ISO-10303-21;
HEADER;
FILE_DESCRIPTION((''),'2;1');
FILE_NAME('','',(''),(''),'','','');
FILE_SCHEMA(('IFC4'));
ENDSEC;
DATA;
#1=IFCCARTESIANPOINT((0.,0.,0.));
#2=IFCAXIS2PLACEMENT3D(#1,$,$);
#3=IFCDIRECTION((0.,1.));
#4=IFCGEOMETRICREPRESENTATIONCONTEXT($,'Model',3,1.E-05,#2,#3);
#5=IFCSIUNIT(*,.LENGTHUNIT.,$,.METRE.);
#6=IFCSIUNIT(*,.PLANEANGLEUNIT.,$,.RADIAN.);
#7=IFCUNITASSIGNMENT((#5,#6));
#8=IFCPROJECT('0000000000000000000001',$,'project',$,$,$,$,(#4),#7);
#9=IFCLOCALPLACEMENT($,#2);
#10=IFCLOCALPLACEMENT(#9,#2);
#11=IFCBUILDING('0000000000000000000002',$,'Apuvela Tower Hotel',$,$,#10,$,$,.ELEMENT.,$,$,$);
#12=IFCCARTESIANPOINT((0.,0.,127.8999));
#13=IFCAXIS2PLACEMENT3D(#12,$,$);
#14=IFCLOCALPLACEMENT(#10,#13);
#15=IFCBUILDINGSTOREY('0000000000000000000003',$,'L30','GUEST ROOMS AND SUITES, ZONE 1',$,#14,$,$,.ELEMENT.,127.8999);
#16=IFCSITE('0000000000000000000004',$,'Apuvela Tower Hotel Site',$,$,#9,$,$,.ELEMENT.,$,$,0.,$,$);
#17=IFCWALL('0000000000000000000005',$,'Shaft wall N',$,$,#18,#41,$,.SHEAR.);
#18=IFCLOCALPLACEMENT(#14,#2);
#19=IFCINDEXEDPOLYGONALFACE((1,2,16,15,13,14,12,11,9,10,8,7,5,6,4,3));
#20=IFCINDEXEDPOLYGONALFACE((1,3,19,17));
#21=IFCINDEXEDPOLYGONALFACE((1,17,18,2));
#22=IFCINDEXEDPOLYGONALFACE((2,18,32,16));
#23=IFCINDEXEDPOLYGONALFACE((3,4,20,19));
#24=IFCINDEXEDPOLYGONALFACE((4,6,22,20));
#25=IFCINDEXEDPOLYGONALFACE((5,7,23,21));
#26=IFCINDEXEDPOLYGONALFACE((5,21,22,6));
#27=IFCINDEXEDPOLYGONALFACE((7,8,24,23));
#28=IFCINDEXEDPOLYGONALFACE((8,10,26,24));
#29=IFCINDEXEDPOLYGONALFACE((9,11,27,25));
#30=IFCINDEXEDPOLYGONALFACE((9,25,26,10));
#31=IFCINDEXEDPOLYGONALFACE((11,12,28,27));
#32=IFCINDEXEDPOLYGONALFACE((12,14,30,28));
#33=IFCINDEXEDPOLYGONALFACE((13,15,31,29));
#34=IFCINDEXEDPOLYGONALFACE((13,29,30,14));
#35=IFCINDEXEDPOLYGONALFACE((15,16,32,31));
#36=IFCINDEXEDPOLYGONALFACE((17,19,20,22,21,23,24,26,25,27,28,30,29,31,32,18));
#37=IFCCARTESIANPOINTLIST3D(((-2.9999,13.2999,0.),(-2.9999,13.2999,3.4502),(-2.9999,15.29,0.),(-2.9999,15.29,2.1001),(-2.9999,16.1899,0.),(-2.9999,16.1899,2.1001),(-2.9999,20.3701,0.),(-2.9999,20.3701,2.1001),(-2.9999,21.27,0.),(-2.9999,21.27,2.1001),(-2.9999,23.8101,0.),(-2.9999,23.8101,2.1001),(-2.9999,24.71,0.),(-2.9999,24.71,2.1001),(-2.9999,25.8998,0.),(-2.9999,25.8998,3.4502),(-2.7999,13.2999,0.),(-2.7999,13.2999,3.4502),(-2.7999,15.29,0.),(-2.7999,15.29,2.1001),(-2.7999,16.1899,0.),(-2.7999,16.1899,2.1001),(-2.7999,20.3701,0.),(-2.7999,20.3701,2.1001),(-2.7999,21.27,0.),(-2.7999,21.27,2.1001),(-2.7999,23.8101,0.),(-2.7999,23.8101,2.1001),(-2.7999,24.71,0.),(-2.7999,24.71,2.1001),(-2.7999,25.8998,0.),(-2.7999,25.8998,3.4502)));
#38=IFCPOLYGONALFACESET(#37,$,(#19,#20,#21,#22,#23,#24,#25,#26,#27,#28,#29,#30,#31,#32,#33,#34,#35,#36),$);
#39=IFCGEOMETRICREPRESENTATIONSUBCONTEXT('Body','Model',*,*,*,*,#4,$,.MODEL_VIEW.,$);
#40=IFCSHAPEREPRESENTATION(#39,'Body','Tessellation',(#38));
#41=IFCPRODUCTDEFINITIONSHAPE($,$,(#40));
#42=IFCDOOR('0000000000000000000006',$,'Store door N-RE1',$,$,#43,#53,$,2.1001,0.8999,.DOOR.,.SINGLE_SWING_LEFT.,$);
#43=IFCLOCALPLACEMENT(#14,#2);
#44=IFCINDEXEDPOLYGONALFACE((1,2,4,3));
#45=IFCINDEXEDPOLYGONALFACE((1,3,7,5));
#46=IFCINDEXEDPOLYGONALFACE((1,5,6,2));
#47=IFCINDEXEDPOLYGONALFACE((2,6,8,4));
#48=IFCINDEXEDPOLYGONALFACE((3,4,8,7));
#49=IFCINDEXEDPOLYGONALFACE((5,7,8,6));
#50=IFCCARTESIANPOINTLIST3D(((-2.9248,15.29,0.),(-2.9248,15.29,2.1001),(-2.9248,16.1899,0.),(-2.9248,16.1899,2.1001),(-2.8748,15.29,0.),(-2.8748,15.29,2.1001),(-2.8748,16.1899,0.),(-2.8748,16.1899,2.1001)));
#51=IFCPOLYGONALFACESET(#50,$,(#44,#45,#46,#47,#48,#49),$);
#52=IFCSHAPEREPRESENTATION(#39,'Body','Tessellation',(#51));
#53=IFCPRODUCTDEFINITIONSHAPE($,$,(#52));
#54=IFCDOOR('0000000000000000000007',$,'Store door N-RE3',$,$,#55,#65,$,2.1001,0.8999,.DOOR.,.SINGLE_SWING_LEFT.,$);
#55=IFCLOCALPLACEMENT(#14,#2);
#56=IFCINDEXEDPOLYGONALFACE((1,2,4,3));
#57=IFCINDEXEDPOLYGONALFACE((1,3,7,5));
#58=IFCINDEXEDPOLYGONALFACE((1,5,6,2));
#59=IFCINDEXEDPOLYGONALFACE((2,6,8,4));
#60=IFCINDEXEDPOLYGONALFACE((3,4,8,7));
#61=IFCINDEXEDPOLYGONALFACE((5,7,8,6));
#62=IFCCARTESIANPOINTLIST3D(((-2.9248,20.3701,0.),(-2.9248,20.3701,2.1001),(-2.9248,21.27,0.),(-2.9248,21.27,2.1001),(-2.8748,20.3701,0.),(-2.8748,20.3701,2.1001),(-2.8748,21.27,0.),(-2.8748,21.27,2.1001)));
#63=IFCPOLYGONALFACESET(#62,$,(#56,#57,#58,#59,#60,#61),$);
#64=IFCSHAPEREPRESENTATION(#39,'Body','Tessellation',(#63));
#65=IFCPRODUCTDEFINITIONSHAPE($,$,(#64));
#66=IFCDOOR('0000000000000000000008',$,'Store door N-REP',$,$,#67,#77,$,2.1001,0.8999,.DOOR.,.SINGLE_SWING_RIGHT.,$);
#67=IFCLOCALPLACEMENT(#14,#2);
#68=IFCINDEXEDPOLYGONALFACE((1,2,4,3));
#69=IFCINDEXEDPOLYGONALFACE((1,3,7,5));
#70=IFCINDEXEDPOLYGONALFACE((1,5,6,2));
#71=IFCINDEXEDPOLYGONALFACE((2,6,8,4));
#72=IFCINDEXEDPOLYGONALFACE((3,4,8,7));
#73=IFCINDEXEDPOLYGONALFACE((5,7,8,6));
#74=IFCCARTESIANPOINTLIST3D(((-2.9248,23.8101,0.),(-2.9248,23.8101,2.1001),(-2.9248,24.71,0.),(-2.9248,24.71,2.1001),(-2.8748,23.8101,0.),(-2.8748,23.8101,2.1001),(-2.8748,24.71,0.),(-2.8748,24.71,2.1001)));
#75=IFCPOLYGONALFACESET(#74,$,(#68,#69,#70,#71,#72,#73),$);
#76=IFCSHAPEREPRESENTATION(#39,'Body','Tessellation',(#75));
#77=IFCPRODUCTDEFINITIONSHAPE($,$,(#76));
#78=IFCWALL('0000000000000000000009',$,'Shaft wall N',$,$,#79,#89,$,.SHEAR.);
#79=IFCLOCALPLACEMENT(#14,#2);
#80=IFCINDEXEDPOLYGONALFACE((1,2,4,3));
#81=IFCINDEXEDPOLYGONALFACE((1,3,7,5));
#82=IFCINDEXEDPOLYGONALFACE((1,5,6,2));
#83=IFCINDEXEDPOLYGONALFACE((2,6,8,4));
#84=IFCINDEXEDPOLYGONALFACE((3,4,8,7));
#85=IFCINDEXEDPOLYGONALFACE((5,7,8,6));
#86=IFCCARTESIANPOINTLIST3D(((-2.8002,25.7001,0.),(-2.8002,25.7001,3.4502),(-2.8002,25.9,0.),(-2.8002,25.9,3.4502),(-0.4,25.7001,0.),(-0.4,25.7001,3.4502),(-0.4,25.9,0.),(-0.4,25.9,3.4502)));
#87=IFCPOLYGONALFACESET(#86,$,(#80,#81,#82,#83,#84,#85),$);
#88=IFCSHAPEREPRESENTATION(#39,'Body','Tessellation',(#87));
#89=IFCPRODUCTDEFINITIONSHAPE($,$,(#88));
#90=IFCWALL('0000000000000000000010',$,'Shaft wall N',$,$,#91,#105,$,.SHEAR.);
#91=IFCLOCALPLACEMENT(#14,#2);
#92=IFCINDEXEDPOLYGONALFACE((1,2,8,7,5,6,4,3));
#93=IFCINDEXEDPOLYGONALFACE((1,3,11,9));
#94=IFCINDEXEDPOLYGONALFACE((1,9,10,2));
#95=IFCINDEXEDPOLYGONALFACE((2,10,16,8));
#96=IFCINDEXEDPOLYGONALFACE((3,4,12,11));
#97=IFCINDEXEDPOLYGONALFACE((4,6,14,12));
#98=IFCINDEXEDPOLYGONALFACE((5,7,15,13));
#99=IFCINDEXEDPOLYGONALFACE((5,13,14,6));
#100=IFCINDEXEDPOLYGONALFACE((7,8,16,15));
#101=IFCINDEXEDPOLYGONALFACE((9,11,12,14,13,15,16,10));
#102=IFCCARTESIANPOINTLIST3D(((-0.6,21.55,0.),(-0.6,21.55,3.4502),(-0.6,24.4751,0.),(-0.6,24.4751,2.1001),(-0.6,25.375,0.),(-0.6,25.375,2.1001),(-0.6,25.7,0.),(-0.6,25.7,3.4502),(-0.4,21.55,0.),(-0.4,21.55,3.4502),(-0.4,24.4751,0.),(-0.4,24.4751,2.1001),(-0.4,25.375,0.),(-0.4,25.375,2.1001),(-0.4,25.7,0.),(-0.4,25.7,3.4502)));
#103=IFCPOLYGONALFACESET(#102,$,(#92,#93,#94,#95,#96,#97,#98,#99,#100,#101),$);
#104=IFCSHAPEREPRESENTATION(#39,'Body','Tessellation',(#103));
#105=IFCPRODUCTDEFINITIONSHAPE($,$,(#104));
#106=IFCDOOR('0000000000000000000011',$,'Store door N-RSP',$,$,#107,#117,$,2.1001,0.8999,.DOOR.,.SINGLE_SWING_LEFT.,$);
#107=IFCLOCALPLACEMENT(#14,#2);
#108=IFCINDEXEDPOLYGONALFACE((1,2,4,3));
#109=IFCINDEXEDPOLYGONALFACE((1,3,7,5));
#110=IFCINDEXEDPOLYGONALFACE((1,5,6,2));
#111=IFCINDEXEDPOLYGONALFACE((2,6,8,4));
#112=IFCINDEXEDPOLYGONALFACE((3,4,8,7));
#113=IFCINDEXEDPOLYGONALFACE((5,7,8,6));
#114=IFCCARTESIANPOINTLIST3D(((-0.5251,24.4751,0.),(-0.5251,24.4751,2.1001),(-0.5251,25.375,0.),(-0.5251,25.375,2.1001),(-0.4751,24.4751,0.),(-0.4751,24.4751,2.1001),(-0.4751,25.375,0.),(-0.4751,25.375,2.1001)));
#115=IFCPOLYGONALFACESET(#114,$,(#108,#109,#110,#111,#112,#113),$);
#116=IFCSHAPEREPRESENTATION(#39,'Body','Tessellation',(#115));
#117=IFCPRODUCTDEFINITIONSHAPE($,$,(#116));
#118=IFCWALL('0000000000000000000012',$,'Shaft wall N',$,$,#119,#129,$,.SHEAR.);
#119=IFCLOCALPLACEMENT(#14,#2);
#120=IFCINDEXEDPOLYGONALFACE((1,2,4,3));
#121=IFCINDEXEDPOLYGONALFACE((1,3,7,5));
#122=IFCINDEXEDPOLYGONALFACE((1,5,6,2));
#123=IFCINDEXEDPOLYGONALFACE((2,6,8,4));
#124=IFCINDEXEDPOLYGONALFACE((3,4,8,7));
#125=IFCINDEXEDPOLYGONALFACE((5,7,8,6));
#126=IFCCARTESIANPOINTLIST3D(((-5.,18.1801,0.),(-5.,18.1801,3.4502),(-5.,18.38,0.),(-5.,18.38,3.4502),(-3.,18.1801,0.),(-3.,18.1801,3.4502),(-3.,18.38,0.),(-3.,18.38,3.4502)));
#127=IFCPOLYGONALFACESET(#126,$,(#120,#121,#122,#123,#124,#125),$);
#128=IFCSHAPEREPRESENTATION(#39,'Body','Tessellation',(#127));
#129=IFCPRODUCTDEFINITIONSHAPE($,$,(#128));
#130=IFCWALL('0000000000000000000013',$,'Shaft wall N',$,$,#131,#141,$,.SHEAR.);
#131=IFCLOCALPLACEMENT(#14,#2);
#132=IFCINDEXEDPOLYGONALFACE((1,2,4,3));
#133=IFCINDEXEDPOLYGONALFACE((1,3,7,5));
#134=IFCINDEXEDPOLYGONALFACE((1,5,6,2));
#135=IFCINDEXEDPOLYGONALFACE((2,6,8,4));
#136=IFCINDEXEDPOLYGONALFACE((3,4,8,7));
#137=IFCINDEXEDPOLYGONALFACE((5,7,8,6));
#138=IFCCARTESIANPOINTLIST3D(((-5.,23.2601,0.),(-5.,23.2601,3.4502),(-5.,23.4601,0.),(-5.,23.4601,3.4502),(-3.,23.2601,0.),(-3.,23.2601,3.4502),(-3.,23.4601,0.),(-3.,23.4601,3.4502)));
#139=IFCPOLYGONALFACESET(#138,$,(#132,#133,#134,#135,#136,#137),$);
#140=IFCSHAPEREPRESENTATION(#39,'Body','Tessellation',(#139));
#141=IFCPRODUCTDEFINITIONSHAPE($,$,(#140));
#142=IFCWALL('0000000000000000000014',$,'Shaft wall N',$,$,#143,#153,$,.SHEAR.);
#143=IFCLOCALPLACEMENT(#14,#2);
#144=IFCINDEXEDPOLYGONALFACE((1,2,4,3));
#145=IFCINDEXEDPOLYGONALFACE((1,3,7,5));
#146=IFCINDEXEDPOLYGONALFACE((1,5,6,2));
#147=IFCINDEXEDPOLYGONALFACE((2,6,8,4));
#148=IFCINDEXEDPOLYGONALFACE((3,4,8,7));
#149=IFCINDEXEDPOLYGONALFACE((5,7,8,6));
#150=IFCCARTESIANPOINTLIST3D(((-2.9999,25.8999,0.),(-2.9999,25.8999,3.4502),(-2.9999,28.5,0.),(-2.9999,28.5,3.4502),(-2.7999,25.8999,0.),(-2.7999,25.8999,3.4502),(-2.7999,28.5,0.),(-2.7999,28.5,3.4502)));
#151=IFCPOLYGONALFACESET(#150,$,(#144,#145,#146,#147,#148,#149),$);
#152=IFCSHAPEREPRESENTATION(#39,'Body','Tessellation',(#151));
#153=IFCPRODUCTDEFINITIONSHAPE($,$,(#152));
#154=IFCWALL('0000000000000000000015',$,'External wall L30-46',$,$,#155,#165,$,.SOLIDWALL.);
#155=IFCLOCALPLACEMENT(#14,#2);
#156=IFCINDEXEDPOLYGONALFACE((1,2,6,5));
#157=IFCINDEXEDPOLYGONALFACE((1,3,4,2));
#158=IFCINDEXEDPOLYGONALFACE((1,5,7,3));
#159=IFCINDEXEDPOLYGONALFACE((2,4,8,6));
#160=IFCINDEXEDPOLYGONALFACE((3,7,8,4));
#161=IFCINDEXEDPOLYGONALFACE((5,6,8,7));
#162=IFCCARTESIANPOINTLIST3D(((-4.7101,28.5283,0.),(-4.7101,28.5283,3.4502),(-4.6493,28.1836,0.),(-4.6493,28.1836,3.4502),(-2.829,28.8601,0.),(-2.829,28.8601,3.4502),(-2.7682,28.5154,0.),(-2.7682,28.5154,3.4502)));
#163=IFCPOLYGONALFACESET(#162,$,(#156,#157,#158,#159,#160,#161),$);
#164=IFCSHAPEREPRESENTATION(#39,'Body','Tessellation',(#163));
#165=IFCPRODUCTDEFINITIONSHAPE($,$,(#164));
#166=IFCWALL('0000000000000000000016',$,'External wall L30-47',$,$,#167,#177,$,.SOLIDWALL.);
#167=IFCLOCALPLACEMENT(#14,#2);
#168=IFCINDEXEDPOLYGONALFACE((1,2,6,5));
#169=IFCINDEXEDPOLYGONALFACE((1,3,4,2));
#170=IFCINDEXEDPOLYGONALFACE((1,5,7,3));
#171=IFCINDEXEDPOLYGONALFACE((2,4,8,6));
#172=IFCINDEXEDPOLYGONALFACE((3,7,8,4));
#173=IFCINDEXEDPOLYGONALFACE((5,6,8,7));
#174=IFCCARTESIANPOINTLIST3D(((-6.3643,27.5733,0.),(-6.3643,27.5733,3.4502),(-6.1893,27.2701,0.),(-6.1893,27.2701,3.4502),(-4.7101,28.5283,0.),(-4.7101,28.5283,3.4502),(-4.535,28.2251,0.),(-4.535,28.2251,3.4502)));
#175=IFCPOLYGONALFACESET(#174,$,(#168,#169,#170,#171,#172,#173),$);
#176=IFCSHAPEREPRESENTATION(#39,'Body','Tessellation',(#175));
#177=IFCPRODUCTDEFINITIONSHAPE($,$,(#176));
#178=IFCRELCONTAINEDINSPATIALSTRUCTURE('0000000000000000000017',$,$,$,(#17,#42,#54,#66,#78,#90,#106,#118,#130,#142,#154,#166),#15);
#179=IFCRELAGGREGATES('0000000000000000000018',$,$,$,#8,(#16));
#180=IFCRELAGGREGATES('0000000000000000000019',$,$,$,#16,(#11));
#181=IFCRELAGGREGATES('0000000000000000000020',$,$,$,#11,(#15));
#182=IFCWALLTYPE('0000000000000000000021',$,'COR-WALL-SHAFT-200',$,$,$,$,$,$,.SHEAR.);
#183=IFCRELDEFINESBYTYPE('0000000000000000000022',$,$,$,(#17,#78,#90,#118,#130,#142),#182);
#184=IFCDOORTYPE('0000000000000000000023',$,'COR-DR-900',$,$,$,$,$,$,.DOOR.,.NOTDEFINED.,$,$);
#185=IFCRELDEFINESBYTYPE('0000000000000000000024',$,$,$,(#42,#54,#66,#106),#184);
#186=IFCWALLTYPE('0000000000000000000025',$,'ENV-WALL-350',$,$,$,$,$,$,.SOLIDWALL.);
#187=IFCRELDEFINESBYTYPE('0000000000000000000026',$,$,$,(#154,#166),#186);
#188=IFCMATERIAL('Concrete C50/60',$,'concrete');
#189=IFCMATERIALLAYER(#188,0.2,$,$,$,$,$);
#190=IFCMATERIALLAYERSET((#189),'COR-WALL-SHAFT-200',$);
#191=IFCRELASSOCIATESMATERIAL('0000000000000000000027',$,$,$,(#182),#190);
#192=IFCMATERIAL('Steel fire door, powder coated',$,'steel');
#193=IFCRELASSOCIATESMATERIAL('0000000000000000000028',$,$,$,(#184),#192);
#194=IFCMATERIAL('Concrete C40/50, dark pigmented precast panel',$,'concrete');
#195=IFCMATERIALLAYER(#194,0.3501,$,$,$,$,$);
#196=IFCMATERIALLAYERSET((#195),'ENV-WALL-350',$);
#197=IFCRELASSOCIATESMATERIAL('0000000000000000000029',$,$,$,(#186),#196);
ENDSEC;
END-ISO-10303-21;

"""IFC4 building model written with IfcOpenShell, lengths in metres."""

from ifc_helpers import new_model, si_unit, direction, frame, frame_2d, origin, place, context, subcontext, project, spatial, rectangle, extrude, material, layer, layer_set, type_object, element, fill, save


model = new_model("IFC4")

# Units and contexts
model_context = context("Model", 3, precision=1e-05, world=origin(), true_north=direction((0.0, 1.0)))
body_context = subcontext(model_context, "Body", "Model", "MODEL_VIEW")
ifc_project = project(units=[si_unit("LENGTHUNIT", "METRE"), si_unit("PLANEANGLEUNIT", "RADIAN")], contexts=[model_context])

# Site, building, storey
site_placement = place(None, origin())
site = spatial("IfcSite", under=ifc_project, at=site_placement, Name="Apuvela Tower Hotel Site", CompositionType="ELEMENT", RefElevation=0.0)
building_placement = place(site_placement, origin())
building = spatial("IfcBuilding", under=site, at=building_placement, Name="Apuvela Tower Hotel", CompositionType="ELEMENT")
storey_placement = place(building_placement, frame((0.0, 0.0, 127.8999)))
storey = spatial("IfcBuildingStorey", under=building, at=storey_placement, Name="L30", Description="GUEST ROOMS AND SUITES, ZONE 1", CompositionType="ELEMENT", Elevation=127.8999)

# Shared definitions
ifc_material_1 = material(Name="Concrete C50/60", Category="concrete")
ifc_layer_1 = layer(ifc_material_1, 0.2)
ifc_layer_set_1 = layer_set([ifc_layer_1], Name="COR-WALL-SHAFT-200")
wall_type_1 = type_object("IfcWallType", Name="COR-WALL-SHAFT-200", PredefinedType="SHEAR", material=ifc_layer_set_1)

# Wall, openings, doors
wall_1_placement = place(storey_placement, frame((-2.8999, 13.3, 0.0), z_axis=(0.0, 0.0, 1.0), x_axis=(0.0, 1.0, 0.0)))
wall_1 = element("IfcWall", 1, at=wall_1_placement, inside=storey, type_object=wall_type_1, Name="Shaft wall N", PredefinedType="SHEAR", context=body_context, shape_type="SweptSolid", body=[
    extrude(rectangle(XDim=12.5999, YDim=0.2, at=frame_2d((6.2998, 0.0))), origin(), (0.0, 0.0, 1.0), 3.4502),
])
opening_1_placement = place(wall_1_placement, frame((1.99, 0.0, 0.0)))
opening_1 = element("IfcOpeningElement", 2, at=opening_1_placement, cuts=wall_1, PredefinedType="OPENING", context=body_context, shape_type="SweptSolid", body=[
    extrude(rectangle(XDim=0.8999, YDim=2.1001, at=frame_2d((0.45, 1.05))), frame((0.0, 0.1099, 0.0), z_axis=(0.0, -1.0, 0.0), x_axis=(1.0, 0.0, 0.0)), (0.0, 0.0, 1.0), 0.22),
])
opening_2_placement = place(wall_1_placement, frame((7.0701, 0.0, 0.0)))
opening_2 = element("IfcOpeningElement", 3, at=opening_2_placement, cuts=wall_1, PredefinedType="OPENING", context=body_context, shape_type="SweptSolid", body=[
    extrude(rectangle(XDim=0.8999, YDim=2.1001, at=frame_2d((0.45, 1.05))), frame((0.0, 0.1099, 0.0), z_axis=(0.0, -1.0, 0.0), x_axis=(1.0, 0.0, 0.0)), (0.0, 0.0, 1.0), 0.22),
])
opening_3_placement = place(wall_1_placement, frame((10.51, 0.0, 0.0)))
opening_3 = element("IfcOpeningElement", 4, at=opening_3_placement, cuts=wall_1, PredefinedType="OPENING", context=body_context, shape_type="SweptSolid", body=[
    extrude(rectangle(XDim=0.8999, YDim=2.1001, at=frame_2d((0.45, 1.05))), frame((0.0, 0.1099, 0.0), z_axis=(0.0, -1.0, 0.0), x_axis=(1.0, 0.0, 0.0)), (0.0, 0.0, 1.0), 0.22),
])
ifc_material_2 = material(Name="Steel fire door, powder coated", Category="steel")
door_type_1 = type_object("IfcDoorType", Name="COR-DR-900", OperationType="NOTDEFINED", PredefinedType="DOOR", material=ifc_material_2)
door_1_placement = place(opening_1_placement, origin())
door_1 = element("IfcDoor", 5, at=door_1_placement, inside=storey, type_object=door_type_1, Name="Store door N-RE1", OperationType="SINGLE_SWING_LEFT", OverallHeight=2.1001, OverallWidth=0.8999, PredefinedType="DOOR", context=body_context, shape_type="SweptSolid", body=[
    extrude(rectangle(XDim=0.8999, YDim=2.1001, at=frame_2d((0.45, 1.05))), frame((0.0, 0.0249, 0.0), z_axis=(0.0, -1.0, 0.0), x_axis=(1.0, 0.0, 0.0)), (0.0, 0.0, 1.0), 0.05),
])
fill(opening_1, door_1)
door_2_placement = place(opening_2_placement, origin())
door_2 = element("IfcDoor", 6, at=door_2_placement, inside=storey, type_object=door_type_1, Name="Store door N-RE3", OperationType="SINGLE_SWING_LEFT", OverallHeight=2.1001, OverallWidth=0.8999, PredefinedType="DOOR", context=body_context, shape_type="SweptSolid", body=[
    extrude(rectangle(XDim=0.8999, YDim=2.1001, at=frame_2d((0.45, 1.05))), frame((0.0, 0.0249, 0.0), z_axis=(0.0, -1.0, 0.0), x_axis=(1.0, 0.0, 0.0)), (0.0, 0.0, 1.0), 0.05),
])
fill(opening_2, door_2)
door_3_placement = place(opening_3_placement, origin())
door_3 = element("IfcDoor", 7, at=door_3_placement, inside=storey, type_object=door_type_1, Name="Store door N-REP", OperationType="SINGLE_SWING_RIGHT", OverallHeight=2.1001, OverallWidth=0.8999, PredefinedType="DOOR", context=body_context, shape_type="SweptSolid", body=[
    extrude(rectangle(XDim=0.8999, YDim=2.1001, at=frame_2d((0.45, 1.05))), frame((0.0, 0.0249, 0.0), z_axis=(0.0, -1.0, 0.0), x_axis=(1.0, 0.0, 0.0)), (0.0, 0.0, 1.0), 0.05),
])
fill(opening_3, door_3)

# Wall
wall_2_placement = place(storey_placement, frame((-0.3999, 25.8, 0.0), z_axis=(0.0, 0.0, 1.0), x_axis=(-1.0, 0.0, 0.0)))
element("IfcWall", 8, at=wall_2_placement, inside=storey, type_object=wall_type_1, Name="Shaft wall N", PredefinedType="SHEAR", context=body_context, shape_type="SweptSolid", body=[
    extrude(rectangle(XDim=2.4001, YDim=0.2, at=frame_2d((1.2002, 0.0))), origin(), (0.0, 0.0, 1.0), 3.4502),
])

# Wall, opening, door
wall_3_placement = place(storey_placement, frame((-0.5, 21.55, 0.0), z_axis=(0.0, 0.0, 1.0), x_axis=(0.0, 1.0, 0.0)))
wall_3 = element("IfcWall", 9, at=wall_3_placement, inside=storey, type_object=wall_type_1, Name="Shaft wall N", PredefinedType="SHEAR", context=body_context, shape_type="SweptSolid", body=[
    extrude(rectangle(XDim=4.1499, YDim=0.2, at=frame_2d((2.075, 0.0))), origin(), (0.0, 0.0, 1.0), 3.4502),
])
opening_4_placement = place(wall_3_placement, frame((2.925, 0.0, 0.0)))
opening_4 = element("IfcOpeningElement", 10, at=opening_4_placement, cuts=wall_3, PredefinedType="OPENING", context=body_context, shape_type="SweptSolid", body=[
    extrude(rectangle(XDim=0.8999, YDim=2.1001, at=frame_2d((0.45, 1.05))), frame((0.0, 0.1099, 0.0), z_axis=(0.0, -1.0, 0.0), x_axis=(1.0, 0.0, 0.0)), (0.0, 0.0, 1.0), 0.22),
])
door_4_placement = place(opening_4_placement, frame((0.8999, 0.0, 0.0), z_axis=(0.0, 0.0, 1.0), x_axis=(-1.0, 0.0, 0.0)))
door_4 = element("IfcDoor", 11, at=door_4_placement, inside=storey, type_object=door_type_1, Name="Store door N-RSP", OperationType="SINGLE_SWING_LEFT", OverallHeight=2.1001, OverallWidth=0.8999, PredefinedType="DOOR", context=body_context, shape_type="SweptSolid", body=[
    extrude(rectangle(XDim=0.8999, YDim=2.1001, at=frame_2d((0.45, 1.05))), frame((0.0, 0.0249, 0.0), z_axis=(0.0, -1.0, 0.0), x_axis=(1.0, 0.0, 0.0)), (0.0, 0.0, 1.0), 0.05),
])
fill(opening_4, door_4)

# Walls
for number, where, z_axis, x_axis, name in (
    (12, (-3.0, 18.28, 0.0), (0.0, 0.0, 1.0), (-1.0, 0.0, 0.0), "Shaft wall N"),
    (13, (-3.0, 23.3601, 0.0), (0.0, 0.0, 1.0), (-1.0, 0.0, 0.0), "Shaft wall N"),
):
    element("IfcWall", number, at=place(storey_placement, frame(where, z_axis=z_axis, x_axis=x_axis)), inside=storey, type_object=wall_type_1, Name=name, PredefinedType="SHEAR", context=body_context, shape_type="SweptSolid", body=[
        extrude(rectangle(XDim=2.0, YDim=0.2, at=frame_2d((1.0, 0.0))), origin(), (0.0, 0.0, 1.0), 3.4502),
    ])
wall_4_placement = place(storey_placement, frame((-2.8999, 25.8999, 0.0), z_axis=(0.0, 0.0, 1.0), x_axis=(0.0, 1.0, 0.0)))
element("IfcWall", 14, at=wall_4_placement, inside=storey, type_object=wall_type_1, Name="Shaft wall N", PredefinedType="SHEAR", context=body_context, shape_type="SweptSolid", body=[
    extrude(rectangle(XDim=2.6001, YDim=0.2, at=frame_2d((1.3, 0.0))), origin(), (0.0, 0.0, 1.0), 3.4502),
])

# Shared definitions
ifc_material_3 = material(Name="Concrete C40/50, dark pigmented precast panel", Category="concrete")
ifc_layer_2 = layer(ifc_material_3, 0.3501)
ifc_layer_set_2 = layer_set([ifc_layer_2], Name="ENV-WALL-350")
wall_type_2 = type_object("IfcWallType", Name="ENV-WALL-350", PredefinedType="SOLIDWALL", material=ifc_layer_set_2)

# Walls
for number, where, z_axis, x_axis, name in (
    (15, (-2.7986, 28.6877, 0.0), (0.0, 0.0, 1.0), (-0.984799, -0.173698, 0.0), "External wall L30-46"),
    (16, (-4.6226, 28.3767, 0.0), (0.0, 0.0, 1.0), (-0.866032, -0.499988, 0.0), "External wall L30-47"),
):
    element("IfcWall", number, at=place(storey_placement, frame(where, z_axis=z_axis, x_axis=x_axis)), inside=storey, type_object=wall_type_2, Name=name, PredefinedType="SOLIDWALL", context=body_context, shape_type="SweptSolid", body=[
        extrude(rectangle(XDim=1.9102, YDim=0.3501, at=frame_2d((0.9551, 0.0))), origin(), (0.0, 0.0, 1.0), 3.4502),
    ])

save(model, "model.ifc")
